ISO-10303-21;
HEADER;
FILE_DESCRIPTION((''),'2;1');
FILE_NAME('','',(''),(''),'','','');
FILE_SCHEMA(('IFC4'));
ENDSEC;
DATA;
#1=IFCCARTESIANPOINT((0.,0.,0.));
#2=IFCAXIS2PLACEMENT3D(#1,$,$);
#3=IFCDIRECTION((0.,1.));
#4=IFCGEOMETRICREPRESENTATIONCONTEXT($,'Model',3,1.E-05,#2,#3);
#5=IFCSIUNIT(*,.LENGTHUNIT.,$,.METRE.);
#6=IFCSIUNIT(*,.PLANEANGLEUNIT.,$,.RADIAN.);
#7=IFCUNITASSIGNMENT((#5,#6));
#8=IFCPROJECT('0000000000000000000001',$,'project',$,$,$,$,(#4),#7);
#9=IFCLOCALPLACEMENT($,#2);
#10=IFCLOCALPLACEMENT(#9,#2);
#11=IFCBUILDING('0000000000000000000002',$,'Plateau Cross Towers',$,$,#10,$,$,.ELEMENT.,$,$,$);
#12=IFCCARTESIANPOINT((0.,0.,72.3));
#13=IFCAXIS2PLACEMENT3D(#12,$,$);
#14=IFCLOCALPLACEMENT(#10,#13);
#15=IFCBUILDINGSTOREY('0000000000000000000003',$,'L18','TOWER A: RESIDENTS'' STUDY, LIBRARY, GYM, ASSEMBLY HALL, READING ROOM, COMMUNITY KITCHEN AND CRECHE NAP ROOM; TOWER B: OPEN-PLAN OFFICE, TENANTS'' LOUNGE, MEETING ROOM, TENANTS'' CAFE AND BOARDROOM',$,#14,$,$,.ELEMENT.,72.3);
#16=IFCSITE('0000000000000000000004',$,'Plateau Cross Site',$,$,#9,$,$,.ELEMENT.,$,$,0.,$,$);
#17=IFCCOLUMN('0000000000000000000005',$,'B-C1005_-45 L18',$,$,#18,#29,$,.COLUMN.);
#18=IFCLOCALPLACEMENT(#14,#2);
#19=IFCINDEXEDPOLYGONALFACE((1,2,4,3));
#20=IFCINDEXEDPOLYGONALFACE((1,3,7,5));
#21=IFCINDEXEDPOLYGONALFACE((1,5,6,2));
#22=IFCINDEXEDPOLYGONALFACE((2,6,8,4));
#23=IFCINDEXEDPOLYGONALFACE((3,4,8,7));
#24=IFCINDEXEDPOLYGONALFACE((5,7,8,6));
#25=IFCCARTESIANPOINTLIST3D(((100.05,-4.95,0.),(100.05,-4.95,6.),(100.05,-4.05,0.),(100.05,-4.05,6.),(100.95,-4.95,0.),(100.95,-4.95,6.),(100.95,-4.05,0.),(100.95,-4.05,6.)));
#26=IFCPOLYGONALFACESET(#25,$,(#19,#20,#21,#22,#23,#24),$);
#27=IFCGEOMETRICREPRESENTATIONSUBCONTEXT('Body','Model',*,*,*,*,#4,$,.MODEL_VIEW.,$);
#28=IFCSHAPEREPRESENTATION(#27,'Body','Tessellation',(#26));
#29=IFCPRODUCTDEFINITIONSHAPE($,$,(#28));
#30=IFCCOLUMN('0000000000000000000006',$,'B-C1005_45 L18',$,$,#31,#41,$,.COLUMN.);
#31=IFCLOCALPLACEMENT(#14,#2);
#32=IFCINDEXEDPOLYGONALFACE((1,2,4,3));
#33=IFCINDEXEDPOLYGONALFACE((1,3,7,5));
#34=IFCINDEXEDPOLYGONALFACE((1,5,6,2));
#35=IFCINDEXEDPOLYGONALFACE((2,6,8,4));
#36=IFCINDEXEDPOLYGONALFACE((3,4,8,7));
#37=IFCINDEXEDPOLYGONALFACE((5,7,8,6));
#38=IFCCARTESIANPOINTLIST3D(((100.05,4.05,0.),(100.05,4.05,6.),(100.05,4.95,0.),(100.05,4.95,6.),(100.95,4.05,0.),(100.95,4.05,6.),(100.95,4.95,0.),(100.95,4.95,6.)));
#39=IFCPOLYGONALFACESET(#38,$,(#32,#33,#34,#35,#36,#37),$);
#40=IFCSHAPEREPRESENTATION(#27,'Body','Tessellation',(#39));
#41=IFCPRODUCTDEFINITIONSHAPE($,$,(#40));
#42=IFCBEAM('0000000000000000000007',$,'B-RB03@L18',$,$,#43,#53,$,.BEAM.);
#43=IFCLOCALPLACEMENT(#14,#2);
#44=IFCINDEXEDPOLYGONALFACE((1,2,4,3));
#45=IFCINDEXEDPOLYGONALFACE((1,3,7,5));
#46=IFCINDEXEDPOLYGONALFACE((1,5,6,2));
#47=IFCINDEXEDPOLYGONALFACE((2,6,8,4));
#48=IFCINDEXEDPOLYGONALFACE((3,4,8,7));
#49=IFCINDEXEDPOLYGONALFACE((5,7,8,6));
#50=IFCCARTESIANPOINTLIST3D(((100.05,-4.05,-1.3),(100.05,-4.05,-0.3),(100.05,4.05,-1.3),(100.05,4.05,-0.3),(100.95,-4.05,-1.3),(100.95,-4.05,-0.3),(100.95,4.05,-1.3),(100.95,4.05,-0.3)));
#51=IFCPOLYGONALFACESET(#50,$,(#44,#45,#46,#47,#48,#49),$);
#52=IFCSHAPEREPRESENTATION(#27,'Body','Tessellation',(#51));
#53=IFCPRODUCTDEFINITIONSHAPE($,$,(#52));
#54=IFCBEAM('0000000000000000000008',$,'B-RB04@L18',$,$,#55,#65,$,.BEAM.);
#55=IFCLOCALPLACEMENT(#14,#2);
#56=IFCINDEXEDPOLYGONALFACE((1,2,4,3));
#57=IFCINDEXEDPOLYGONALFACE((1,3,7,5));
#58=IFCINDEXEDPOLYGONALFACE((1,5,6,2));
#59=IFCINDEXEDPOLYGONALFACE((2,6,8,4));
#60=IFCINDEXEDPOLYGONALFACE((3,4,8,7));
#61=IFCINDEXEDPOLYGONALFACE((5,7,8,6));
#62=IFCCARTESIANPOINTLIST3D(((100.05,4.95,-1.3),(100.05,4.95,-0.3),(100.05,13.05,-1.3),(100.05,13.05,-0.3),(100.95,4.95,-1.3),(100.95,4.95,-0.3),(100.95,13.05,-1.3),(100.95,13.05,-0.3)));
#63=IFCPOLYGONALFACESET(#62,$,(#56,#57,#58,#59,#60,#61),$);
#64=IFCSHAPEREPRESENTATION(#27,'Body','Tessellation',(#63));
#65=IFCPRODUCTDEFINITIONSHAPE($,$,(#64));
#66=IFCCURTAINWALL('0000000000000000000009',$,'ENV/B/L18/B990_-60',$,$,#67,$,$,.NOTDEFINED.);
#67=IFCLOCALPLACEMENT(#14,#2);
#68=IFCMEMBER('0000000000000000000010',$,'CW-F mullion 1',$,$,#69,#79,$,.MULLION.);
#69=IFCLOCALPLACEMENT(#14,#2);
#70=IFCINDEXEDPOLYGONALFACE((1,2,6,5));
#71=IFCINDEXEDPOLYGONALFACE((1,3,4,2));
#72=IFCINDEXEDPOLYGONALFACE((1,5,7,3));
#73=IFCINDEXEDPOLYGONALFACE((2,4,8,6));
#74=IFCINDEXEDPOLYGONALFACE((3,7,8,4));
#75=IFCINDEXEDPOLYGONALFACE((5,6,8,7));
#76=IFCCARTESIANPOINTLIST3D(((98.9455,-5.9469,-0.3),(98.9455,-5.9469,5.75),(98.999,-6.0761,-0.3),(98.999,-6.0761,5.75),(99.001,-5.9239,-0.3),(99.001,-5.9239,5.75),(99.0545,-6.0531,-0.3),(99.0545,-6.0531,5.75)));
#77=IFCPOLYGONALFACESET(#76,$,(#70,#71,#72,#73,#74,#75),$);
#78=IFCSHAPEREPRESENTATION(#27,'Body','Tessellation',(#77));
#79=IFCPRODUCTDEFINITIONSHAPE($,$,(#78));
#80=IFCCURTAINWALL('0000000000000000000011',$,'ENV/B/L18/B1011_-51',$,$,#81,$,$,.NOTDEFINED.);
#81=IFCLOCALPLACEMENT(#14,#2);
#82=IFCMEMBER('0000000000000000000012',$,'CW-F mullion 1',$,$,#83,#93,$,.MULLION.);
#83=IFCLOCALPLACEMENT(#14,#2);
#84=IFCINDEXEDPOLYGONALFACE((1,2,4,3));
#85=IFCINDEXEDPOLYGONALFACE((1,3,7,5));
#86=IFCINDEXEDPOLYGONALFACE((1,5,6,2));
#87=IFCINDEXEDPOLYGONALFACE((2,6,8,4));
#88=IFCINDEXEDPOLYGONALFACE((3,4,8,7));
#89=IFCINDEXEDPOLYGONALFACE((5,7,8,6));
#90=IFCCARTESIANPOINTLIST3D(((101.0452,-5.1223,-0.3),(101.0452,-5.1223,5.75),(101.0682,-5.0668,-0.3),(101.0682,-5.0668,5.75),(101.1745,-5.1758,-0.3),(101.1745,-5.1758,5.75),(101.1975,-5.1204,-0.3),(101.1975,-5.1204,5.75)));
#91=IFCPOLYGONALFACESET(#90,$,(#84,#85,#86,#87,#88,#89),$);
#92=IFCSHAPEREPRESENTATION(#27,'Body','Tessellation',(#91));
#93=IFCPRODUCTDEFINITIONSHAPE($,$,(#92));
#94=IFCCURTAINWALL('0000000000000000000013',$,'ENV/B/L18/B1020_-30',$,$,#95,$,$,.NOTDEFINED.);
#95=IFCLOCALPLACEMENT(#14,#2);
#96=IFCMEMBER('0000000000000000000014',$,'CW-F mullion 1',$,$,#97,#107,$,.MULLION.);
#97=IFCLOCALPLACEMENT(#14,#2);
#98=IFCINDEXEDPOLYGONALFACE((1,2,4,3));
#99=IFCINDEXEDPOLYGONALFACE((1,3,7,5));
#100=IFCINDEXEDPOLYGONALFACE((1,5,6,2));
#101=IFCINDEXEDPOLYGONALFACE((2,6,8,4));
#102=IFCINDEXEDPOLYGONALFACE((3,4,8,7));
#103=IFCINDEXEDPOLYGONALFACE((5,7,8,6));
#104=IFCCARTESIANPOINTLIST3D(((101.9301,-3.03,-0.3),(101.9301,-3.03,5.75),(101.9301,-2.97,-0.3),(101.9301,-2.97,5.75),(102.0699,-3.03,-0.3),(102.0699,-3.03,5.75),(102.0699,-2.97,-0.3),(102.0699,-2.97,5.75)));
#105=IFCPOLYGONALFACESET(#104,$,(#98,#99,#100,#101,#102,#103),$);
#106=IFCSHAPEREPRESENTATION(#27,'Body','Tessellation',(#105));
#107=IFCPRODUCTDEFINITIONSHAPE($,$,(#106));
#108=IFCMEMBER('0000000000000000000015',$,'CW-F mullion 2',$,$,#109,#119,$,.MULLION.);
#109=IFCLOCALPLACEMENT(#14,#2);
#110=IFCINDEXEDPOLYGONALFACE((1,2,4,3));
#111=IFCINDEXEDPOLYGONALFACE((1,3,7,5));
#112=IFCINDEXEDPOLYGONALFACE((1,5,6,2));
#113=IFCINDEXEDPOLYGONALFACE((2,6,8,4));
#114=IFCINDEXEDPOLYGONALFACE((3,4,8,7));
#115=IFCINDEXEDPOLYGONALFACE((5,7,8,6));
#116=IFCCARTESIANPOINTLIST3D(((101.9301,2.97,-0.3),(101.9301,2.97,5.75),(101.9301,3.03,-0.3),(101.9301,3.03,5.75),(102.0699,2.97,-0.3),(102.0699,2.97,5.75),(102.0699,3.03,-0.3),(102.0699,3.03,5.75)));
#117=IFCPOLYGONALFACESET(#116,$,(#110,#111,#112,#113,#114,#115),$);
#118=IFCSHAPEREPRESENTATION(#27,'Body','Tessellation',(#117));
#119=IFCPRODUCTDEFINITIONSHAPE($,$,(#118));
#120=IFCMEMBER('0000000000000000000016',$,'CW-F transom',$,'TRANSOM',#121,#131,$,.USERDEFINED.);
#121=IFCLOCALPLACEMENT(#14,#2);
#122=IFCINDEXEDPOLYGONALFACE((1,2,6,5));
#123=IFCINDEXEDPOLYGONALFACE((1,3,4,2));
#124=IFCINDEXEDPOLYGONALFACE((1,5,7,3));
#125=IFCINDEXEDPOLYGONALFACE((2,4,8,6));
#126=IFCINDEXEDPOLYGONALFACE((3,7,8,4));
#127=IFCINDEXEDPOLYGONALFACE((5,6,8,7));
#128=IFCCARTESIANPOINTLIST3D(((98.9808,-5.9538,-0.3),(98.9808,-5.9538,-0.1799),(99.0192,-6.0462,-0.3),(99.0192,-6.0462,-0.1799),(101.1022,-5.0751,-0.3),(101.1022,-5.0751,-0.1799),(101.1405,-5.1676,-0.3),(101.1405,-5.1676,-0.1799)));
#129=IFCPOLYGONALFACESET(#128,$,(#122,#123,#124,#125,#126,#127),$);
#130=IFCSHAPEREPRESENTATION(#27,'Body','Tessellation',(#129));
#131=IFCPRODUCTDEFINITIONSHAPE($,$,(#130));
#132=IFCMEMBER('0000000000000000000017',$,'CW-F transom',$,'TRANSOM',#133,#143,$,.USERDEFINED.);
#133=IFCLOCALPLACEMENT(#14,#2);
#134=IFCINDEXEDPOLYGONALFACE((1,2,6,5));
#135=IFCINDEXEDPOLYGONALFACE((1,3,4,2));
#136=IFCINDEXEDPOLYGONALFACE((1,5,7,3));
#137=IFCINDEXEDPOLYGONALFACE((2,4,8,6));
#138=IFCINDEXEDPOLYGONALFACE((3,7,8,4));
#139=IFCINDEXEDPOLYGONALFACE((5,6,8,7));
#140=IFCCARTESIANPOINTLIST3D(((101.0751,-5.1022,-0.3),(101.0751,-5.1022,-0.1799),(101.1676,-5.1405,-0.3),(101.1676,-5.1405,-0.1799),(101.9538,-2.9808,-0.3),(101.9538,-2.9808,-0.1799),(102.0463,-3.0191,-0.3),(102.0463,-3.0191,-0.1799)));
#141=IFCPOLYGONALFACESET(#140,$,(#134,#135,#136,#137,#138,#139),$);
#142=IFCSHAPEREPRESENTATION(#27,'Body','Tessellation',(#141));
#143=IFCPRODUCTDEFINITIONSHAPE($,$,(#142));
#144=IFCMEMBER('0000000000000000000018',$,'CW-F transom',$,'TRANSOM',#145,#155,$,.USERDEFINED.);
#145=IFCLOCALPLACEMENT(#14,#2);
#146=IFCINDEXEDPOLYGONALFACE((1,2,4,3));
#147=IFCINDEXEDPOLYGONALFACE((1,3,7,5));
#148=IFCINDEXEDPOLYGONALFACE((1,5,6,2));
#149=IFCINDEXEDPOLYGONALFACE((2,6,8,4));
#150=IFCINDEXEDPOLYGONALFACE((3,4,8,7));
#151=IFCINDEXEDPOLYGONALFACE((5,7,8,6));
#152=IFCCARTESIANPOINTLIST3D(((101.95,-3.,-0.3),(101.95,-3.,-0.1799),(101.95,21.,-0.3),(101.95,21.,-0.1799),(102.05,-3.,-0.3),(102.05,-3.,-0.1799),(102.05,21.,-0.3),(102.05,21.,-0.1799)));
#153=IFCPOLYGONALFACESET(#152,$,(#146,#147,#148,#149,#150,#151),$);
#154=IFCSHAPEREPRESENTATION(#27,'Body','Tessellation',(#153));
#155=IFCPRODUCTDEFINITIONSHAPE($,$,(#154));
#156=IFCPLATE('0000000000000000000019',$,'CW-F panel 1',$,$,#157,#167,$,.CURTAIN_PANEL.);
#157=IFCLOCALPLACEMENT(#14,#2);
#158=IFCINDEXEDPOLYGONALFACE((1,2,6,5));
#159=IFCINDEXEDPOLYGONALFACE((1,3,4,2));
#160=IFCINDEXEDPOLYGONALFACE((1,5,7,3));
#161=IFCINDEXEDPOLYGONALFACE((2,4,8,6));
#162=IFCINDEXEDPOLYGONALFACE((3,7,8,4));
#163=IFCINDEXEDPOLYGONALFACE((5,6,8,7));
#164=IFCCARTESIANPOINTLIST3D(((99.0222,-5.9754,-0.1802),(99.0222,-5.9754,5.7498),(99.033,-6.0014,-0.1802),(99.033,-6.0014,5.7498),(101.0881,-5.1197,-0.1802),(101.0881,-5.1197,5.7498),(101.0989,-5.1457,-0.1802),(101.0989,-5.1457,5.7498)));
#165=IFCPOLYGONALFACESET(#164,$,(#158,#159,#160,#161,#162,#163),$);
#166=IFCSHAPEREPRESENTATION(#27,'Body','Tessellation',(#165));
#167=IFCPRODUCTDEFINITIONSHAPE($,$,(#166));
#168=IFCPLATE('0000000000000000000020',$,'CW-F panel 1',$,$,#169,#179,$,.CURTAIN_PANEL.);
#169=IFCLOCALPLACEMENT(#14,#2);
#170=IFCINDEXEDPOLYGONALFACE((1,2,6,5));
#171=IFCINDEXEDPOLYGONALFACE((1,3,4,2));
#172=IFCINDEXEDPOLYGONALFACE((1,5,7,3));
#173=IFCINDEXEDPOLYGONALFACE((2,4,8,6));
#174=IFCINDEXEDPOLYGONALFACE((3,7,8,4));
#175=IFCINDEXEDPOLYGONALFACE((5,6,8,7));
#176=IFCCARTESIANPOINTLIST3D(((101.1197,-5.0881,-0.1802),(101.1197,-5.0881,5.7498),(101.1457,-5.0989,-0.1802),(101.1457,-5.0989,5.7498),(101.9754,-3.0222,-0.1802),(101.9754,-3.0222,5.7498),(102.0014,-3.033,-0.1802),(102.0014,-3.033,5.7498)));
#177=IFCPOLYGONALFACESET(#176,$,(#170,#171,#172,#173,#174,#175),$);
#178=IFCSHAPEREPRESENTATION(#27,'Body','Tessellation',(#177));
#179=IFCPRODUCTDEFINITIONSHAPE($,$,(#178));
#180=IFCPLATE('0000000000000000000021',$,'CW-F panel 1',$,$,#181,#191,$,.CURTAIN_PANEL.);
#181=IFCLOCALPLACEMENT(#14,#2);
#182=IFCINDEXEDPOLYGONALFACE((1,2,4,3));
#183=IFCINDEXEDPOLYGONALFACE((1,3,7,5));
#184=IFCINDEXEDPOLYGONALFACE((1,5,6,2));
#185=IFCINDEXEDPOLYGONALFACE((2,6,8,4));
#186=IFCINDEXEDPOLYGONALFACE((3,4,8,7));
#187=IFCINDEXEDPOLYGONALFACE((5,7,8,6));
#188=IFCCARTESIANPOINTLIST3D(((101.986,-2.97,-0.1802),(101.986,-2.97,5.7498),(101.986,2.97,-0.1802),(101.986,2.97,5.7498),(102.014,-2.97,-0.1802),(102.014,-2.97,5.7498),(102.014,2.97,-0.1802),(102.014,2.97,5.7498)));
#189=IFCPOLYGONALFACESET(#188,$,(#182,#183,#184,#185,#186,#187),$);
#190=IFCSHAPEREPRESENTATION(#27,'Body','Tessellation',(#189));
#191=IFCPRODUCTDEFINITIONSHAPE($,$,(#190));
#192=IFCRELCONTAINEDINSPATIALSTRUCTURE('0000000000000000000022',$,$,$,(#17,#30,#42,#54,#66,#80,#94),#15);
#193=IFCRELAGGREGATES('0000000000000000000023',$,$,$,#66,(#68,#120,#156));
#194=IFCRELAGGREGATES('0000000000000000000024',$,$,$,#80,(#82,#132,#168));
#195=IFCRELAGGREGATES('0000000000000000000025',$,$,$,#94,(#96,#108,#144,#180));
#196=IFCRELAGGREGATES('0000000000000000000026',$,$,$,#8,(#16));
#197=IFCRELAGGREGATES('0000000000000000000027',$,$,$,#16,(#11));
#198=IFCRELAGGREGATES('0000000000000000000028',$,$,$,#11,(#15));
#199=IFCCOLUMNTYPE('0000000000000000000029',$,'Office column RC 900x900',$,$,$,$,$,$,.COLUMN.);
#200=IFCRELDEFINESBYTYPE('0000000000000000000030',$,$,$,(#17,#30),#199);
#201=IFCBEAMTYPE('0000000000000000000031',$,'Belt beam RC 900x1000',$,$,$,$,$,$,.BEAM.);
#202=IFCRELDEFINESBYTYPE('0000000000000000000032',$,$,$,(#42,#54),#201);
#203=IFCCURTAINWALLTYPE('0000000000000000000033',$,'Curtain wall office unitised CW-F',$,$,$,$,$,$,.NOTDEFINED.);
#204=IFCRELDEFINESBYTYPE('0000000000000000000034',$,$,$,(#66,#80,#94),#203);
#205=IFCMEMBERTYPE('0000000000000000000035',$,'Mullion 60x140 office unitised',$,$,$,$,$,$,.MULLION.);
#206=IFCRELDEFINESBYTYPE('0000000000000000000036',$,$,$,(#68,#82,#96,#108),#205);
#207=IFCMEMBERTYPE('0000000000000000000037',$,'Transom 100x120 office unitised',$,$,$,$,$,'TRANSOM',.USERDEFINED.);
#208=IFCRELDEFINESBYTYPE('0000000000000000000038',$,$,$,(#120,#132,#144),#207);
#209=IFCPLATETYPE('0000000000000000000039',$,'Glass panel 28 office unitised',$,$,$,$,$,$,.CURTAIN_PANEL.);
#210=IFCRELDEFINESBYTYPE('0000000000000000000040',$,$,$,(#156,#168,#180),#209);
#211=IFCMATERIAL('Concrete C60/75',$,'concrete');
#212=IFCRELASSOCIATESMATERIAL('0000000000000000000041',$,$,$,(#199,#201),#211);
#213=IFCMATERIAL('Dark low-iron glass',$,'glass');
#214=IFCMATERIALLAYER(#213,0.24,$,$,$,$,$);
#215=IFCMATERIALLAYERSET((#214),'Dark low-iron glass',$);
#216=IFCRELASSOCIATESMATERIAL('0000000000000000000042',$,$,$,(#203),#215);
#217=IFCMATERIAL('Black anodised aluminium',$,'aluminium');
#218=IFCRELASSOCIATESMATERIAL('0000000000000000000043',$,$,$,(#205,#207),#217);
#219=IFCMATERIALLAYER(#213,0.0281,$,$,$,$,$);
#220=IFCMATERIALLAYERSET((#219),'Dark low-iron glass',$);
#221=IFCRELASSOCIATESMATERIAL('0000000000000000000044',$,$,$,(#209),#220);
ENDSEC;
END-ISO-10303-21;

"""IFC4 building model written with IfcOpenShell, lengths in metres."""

from ifc_helpers import new_model, si_unit, direction, frame, origin, origin_2d, place, context, subcontext, project, spatial, rectangle, extrude, material, layer, layer_set, material_profile, profile_set, type_object, element, aggregate, save


model = new_model("IFC4")

# Units and contexts
model_context = context("Model", 3, precision=1e-05, world=origin(), true_north=direction((0.0, 1.0)))
body_context = subcontext(model_context, "Body", "Model", "MODEL_VIEW")
ifc_project = project(units=[si_unit("LENGTHUNIT", "METRE"), si_unit("PLANEANGLEUNIT", "RADIAN")], contexts=[model_context])

# Site, building, storey
site_placement = place(None, origin())
site = spatial("IfcSite", under=ifc_project, at=site_placement, Name="Plateau Cross Site", CompositionType="ELEMENT", RefElevation=0.0)
building_placement = place(site_placement, origin())
building = spatial("IfcBuilding", under=site, at=building_placement, Name="Plateau Cross Towers", CompositionType="ELEMENT")
storey_placement = place(building_placement, frame((0.0, 0.0, 72.3)))
storey = spatial("IfcBuildingStorey", under=building, at=storey_placement, Name="L18", Description="TOWER A: RESIDENTS' STUDY, LIBRARY, GYM, ASSEMBLY HALL, READING ROOM, COMMUNITY KITCHEN AND CRECHE NAP ROOM; TOWER B: OPEN-PLAN OFFICE, TENANTS' LOUNGE, MEETING ROOM, TENANTS' CAFE AND BOARDROOM", CompositionType="ELEMENT", Elevation=72.3)

# Columns
ifc_material_1 = material(Name="Concrete C60/75", Category="concrete")
ifc_material_profile_1 = material_profile(ifc_material_1, rectangle(XDim=0.8999, YDim=0.8999, at=origin_2d()), Name="RC 900x900")
ifc_profile_set_1 = profile_set([ifc_material_profile_1], Name="Concrete C60/75")
column_type = type_object("IfcColumnType", Name="Office column RC 900x900", PredefinedType="COLUMN", material=ifc_profile_set_1)
for number, where, z_axis, x_axis, name in (
    (1, (100.5, -4.5, 0.0), (0.0, 0.0, 1.0), (1.0, 0.0, 0.0), "B-C1005_-45 L18"),
    (2, (100.5, 4.5, 0.0), (0.0, 0.0, 1.0), (1.0, 0.0, 0.0), "B-C1005_45 L18"),
):
    element("IfcColumn", number, at=place(storey_placement, frame(where, z_axis=z_axis, x_axis=x_axis)), inside=storey, type_object=column_type, Name=name, PredefinedType="COLUMN", context=body_context, shape_type="SweptSolid", body=[
        extrude(rectangle(XDim=0.8999, YDim=0.8999, at=origin_2d()), origin(), (0.0, 0.0, 1.0), 6.0),
    ])

# Beams
ifc_material_profile_2 = material_profile(ifc_material_1, rectangle(XDim=0.8999, YDim=1.0, at=origin_2d()), Name="RC 900x1000")
ifc_profile_set_2 = profile_set([ifc_material_profile_2], Name="Concrete C60/75")
beam_type = type_object("IfcBeamType", Name="Belt beam RC 900x1000", PredefinedType="BEAM", material=ifc_profile_set_2)
for number, where, z_axis, x_axis, name in (
    (3, (100.5, -4.05, -0.8), (0.0, 1.0, 0.0), (-1.0, 0.0, 0.0), "B-RB03@L18"),
    (4, (100.5, 4.95, -0.8), (0.0, 1.0, 0.0), (-1.0, 0.0, 0.0), "B-RB04@L18"),
):
    element("IfcBeam", number, at=place(storey_placement, frame(where, z_axis=z_axis, x_axis=x_axis)), inside=storey, type_object=beam_type, Name=name, PredefinedType="BEAM", context=body_context, shape_type="SweptSolid", body=[
        extrude(rectangle(XDim=0.8999, YDim=1.0, at=origin_2d()), origin(), (0.0, 0.0, 1.0), 8.1001),
    ])

# Curtain walls, members
ifc_material_2 = material(Name="Dark low-iron glass", Category="glass")
ifc_layer_1 = layer(ifc_material_2, 0.24)
ifc_layer_set_1 = layer_set([ifc_layer_1], Name="Dark low-iron glass")
curtain_wall_type = type_object("IfcCurtainWallType", Name="Curtain wall office unitised CW-F", PredefinedType="NOTDEFINED", material=ifc_layer_set_1)
curtain_wall_1_placement = place(storey_placement, origin())
curtain_wall_1 = element("IfcCurtainWall", 5, at=curtain_wall_1_placement, inside=storey, type_object=curtain_wall_type, Name="ENV/B/L18/B990_-60", PredefinedType="NOTDEFINED")
ifc_material_3 = material(Name="Black anodised aluminium", Category="aluminium")
ifc_material_profile_3 = material_profile(ifc_material_3, rectangle(XDim=0.0601, YDim=0.1399, at=origin_2d()), Name="MULLION 60x140")
ifc_profile_set_3 = profile_set([ifc_material_profile_3], Name="Black anodised aluminium")
member_type_1 = type_object("IfcMemberType", Name="Mullion 60x140 office unitised", PredefinedType="MULLION", material=ifc_profile_set_3)
member_1_placement = place(storey_placement, frame((99.0, -6.0, -0.3), z_axis=(0.0, 0.0, 1.0), x_axis=(0.923879, 0.382684, 0.0)))
member_1 = element("IfcMember", 6, at=member_1_placement, type_object=member_type_1, Name="CW-F mullion 1", PredefinedType="MULLION", context=body_context, shape_type="SweptSolid", body=[
    extrude(rectangle(XDim=0.0601, YDim=0.1399, at=origin_2d()), origin(), (0.0, 0.0, 1.0), 6.05),
])
curtain_wall_2_placement = place(storey_placement, origin())
curtain_wall_2 = element("IfcCurtainWall", 7, at=curtain_wall_2_placement, inside=storey, type_object=curtain_wall_type, Name="ENV/B/L18/B1011_-51", PredefinedType="NOTDEFINED")
member_2_placement = place(storey_placement, frame((101.1213, -5.1213, -0.3), z_axis=(0.0, 0.0, 1.0), x_axis=(0.382684, 0.923879, 0.0)))
member_2 = element("IfcMember", 8, at=member_2_placement, type_object=member_type_1, Name="CW-F mullion 1", PredefinedType="MULLION", context=body_context, shape_type="SweptSolid", body=[
    extrude(rectangle(XDim=0.0601, YDim=0.1399, at=origin_2d()), origin(), (0.0, 0.0, 1.0), 6.05),
])

# Curtain wall, members
curtain_wall_3_placement = place(storey_placement, origin())
curtain_wall_3 = element("IfcCurtainWall", 9, at=curtain_wall_3_placement, inside=storey, type_object=curtain_wall_type, Name="ENV/B/L18/B1020_-30", PredefinedType="NOTDEFINED")
member_3_placement = place(storey_placement, frame((102.0, -3.0, -0.3), z_axis=(0.0, 0.0, 1.0), x_axis=(0.0, 1.0, 0.0)))
member_3 = element("IfcMember", 10, at=member_3_placement, type_object=member_type_1, Name="CW-F mullion 1", PredefinedType="MULLION", context=body_context, shape_type="SweptSolid", body=[
    extrude(rectangle(XDim=0.0601, YDim=0.1399, at=origin_2d()), origin(), (0.0, 0.0, 1.0), 6.05),
])
member_4_placement = place(storey_placement, frame((102.0, 3.0, -0.3), z_axis=(0.0, 0.0, 1.0), x_axis=(0.0, 1.0, 0.0)))
member_4 = element("IfcMember", 11, at=member_4_placement, type_object=member_type_1, Name="CW-F mullion 2", PredefinedType="MULLION", context=body_context, shape_type="SweptSolid", body=[
    extrude(rectangle(XDim=0.0601, YDim=0.1399, at=origin_2d()), origin(), (0.0, 0.0, 1.0), 6.05),
])

# Members
ifc_material_profile_4 = material_profile(ifc_material_3, rectangle(XDim=0.1001, YDim=0.1201, at=origin_2d()), Name="TRANSOM 100x120")
ifc_profile_set_4 = profile_set([ifc_material_profile_4], Name="Black anodised aluminium")
member_type_2 = type_object("IfcMemberType", Name="Transom 100x120 office unitised", ElementType="TRANSOM", PredefinedType="USERDEFINED", material=ifc_profile_set_4)
member_5_placement = place(storey_placement, frame((99.0, -6.0, -0.24), z_axis=(0.923883, 0.382674, 0.0), x_axis=(-0.382674, 0.923883, 0.0)))
member_5 = element("IfcMember", 12, at=member_5_placement, type_object=member_type_2, Name="CW-F transom", ObjectType="TRANSOM", PredefinedType="USERDEFINED", context=body_context, shape_type="SweptSolid", body=[
    extrude(rectangle(XDim=0.1001, YDim=0.1201, at=origin_2d()), origin(), (0.0, 0.0, 1.0), 2.2961),
])
member_6_placement = place(storey_placement, frame((101.1213, -5.1213, -0.24), z_axis=(0.382674, 0.923883, 0.0), x_axis=(-0.923883, 0.382674, 0.0)))
member_6 = element("IfcMember", 13, at=member_6_placement, type_object=member_type_2, Name="CW-F transom", ObjectType="TRANSOM", PredefinedType="USERDEFINED", context=body_context, shape_type="SweptSolid", body=[
    extrude(rectangle(XDim=0.1001, YDim=0.1201, at=origin_2d()), origin(), (0.0, 0.0, 1.0), 2.2961),
])
member_7_placement = place(storey_placement, frame((102.0, -3.0, -0.24), z_axis=(0.0, 1.0, 0.0), x_axis=(-1.0, 0.0, 0.0)))
member_7 = element("IfcMember", 14, at=member_7_placement, type_object=member_type_2, Name="CW-F transom", ObjectType="TRANSOM", PredefinedType="USERDEFINED", context=body_context, shape_type="SweptSolid", body=[
    extrude(rectangle(XDim=0.1001, YDim=0.1201, at=origin_2d()), origin(), (0.0, 0.0, 1.0), 24.0),
])

# Plates
ifc_layer_2 = layer(ifc_material_2, 0.0281)
ifc_layer_set_2 = layer_set([ifc_layer_2], Name="Dark low-iron glass")
plate_type = type_object("IfcPlateType", Name="Glass panel 28 office unitised", PredefinedType="CURTAIN_PANEL", material=ifc_layer_set_2)
plate_1_placement = place(storey_placement, frame((100.0605, -5.5605, -0.1802), z_axis=(0.0, 0.0, 1.0), x_axis=(0.923879, 0.382684, 0.0)))
plate_1 = element("IfcPlate", 15, at=plate_1_placement, type_object=plate_type, Name="CW-F panel 1", PredefinedType="CURTAIN_PANEL", context=body_context, shape_type="SweptSolid", body=[
    extrude(rectangle(XDim=2.2361, YDim=0.0281, at=origin_2d()), origin(), (0.0, 0.0, 1.0), 5.9299),
])
aggregate(curtain_wall_1, [member_1, member_5, plate_1])
plate_2_placement = place(storey_placement, frame((101.5605, -4.0605, -0.1802), z_axis=(0.0, 0.0, 1.0), x_axis=(0.382684, 0.923879, 0.0)))
plate_2 = element("IfcPlate", 16, at=plate_2_placement, type_object=plate_type, Name="CW-F panel 1", PredefinedType="CURTAIN_PANEL", context=body_context, shape_type="SweptSolid", body=[
    extrude(rectangle(XDim=2.2361, YDim=0.0281, at=origin_2d()), origin(), (0.0, 0.0, 1.0), 5.9299),
])
aggregate(curtain_wall_2, [member_2, member_6, plate_2])
plate_3_placement = place(storey_placement, frame((102.0, 0.0, -0.1802), z_axis=(0.0, 0.0, 1.0), x_axis=(0.0, 1.0, 0.0)))
plate_3 = element("IfcPlate", 17, at=plate_3_placement, type_object=plate_type, Name="CW-F panel 1", PredefinedType="CURTAIN_PANEL", context=body_context, shape_type="SweptSolid", body=[
    extrude(rectangle(XDim=5.9399, YDim=0.0281, at=origin_2d()), origin(), (0.0, 0.0, 1.0), 5.9299),
])
aggregate(curtain_wall_3, [member_3, member_4, member_7, plate_3])

save(model, "model.ifc")
